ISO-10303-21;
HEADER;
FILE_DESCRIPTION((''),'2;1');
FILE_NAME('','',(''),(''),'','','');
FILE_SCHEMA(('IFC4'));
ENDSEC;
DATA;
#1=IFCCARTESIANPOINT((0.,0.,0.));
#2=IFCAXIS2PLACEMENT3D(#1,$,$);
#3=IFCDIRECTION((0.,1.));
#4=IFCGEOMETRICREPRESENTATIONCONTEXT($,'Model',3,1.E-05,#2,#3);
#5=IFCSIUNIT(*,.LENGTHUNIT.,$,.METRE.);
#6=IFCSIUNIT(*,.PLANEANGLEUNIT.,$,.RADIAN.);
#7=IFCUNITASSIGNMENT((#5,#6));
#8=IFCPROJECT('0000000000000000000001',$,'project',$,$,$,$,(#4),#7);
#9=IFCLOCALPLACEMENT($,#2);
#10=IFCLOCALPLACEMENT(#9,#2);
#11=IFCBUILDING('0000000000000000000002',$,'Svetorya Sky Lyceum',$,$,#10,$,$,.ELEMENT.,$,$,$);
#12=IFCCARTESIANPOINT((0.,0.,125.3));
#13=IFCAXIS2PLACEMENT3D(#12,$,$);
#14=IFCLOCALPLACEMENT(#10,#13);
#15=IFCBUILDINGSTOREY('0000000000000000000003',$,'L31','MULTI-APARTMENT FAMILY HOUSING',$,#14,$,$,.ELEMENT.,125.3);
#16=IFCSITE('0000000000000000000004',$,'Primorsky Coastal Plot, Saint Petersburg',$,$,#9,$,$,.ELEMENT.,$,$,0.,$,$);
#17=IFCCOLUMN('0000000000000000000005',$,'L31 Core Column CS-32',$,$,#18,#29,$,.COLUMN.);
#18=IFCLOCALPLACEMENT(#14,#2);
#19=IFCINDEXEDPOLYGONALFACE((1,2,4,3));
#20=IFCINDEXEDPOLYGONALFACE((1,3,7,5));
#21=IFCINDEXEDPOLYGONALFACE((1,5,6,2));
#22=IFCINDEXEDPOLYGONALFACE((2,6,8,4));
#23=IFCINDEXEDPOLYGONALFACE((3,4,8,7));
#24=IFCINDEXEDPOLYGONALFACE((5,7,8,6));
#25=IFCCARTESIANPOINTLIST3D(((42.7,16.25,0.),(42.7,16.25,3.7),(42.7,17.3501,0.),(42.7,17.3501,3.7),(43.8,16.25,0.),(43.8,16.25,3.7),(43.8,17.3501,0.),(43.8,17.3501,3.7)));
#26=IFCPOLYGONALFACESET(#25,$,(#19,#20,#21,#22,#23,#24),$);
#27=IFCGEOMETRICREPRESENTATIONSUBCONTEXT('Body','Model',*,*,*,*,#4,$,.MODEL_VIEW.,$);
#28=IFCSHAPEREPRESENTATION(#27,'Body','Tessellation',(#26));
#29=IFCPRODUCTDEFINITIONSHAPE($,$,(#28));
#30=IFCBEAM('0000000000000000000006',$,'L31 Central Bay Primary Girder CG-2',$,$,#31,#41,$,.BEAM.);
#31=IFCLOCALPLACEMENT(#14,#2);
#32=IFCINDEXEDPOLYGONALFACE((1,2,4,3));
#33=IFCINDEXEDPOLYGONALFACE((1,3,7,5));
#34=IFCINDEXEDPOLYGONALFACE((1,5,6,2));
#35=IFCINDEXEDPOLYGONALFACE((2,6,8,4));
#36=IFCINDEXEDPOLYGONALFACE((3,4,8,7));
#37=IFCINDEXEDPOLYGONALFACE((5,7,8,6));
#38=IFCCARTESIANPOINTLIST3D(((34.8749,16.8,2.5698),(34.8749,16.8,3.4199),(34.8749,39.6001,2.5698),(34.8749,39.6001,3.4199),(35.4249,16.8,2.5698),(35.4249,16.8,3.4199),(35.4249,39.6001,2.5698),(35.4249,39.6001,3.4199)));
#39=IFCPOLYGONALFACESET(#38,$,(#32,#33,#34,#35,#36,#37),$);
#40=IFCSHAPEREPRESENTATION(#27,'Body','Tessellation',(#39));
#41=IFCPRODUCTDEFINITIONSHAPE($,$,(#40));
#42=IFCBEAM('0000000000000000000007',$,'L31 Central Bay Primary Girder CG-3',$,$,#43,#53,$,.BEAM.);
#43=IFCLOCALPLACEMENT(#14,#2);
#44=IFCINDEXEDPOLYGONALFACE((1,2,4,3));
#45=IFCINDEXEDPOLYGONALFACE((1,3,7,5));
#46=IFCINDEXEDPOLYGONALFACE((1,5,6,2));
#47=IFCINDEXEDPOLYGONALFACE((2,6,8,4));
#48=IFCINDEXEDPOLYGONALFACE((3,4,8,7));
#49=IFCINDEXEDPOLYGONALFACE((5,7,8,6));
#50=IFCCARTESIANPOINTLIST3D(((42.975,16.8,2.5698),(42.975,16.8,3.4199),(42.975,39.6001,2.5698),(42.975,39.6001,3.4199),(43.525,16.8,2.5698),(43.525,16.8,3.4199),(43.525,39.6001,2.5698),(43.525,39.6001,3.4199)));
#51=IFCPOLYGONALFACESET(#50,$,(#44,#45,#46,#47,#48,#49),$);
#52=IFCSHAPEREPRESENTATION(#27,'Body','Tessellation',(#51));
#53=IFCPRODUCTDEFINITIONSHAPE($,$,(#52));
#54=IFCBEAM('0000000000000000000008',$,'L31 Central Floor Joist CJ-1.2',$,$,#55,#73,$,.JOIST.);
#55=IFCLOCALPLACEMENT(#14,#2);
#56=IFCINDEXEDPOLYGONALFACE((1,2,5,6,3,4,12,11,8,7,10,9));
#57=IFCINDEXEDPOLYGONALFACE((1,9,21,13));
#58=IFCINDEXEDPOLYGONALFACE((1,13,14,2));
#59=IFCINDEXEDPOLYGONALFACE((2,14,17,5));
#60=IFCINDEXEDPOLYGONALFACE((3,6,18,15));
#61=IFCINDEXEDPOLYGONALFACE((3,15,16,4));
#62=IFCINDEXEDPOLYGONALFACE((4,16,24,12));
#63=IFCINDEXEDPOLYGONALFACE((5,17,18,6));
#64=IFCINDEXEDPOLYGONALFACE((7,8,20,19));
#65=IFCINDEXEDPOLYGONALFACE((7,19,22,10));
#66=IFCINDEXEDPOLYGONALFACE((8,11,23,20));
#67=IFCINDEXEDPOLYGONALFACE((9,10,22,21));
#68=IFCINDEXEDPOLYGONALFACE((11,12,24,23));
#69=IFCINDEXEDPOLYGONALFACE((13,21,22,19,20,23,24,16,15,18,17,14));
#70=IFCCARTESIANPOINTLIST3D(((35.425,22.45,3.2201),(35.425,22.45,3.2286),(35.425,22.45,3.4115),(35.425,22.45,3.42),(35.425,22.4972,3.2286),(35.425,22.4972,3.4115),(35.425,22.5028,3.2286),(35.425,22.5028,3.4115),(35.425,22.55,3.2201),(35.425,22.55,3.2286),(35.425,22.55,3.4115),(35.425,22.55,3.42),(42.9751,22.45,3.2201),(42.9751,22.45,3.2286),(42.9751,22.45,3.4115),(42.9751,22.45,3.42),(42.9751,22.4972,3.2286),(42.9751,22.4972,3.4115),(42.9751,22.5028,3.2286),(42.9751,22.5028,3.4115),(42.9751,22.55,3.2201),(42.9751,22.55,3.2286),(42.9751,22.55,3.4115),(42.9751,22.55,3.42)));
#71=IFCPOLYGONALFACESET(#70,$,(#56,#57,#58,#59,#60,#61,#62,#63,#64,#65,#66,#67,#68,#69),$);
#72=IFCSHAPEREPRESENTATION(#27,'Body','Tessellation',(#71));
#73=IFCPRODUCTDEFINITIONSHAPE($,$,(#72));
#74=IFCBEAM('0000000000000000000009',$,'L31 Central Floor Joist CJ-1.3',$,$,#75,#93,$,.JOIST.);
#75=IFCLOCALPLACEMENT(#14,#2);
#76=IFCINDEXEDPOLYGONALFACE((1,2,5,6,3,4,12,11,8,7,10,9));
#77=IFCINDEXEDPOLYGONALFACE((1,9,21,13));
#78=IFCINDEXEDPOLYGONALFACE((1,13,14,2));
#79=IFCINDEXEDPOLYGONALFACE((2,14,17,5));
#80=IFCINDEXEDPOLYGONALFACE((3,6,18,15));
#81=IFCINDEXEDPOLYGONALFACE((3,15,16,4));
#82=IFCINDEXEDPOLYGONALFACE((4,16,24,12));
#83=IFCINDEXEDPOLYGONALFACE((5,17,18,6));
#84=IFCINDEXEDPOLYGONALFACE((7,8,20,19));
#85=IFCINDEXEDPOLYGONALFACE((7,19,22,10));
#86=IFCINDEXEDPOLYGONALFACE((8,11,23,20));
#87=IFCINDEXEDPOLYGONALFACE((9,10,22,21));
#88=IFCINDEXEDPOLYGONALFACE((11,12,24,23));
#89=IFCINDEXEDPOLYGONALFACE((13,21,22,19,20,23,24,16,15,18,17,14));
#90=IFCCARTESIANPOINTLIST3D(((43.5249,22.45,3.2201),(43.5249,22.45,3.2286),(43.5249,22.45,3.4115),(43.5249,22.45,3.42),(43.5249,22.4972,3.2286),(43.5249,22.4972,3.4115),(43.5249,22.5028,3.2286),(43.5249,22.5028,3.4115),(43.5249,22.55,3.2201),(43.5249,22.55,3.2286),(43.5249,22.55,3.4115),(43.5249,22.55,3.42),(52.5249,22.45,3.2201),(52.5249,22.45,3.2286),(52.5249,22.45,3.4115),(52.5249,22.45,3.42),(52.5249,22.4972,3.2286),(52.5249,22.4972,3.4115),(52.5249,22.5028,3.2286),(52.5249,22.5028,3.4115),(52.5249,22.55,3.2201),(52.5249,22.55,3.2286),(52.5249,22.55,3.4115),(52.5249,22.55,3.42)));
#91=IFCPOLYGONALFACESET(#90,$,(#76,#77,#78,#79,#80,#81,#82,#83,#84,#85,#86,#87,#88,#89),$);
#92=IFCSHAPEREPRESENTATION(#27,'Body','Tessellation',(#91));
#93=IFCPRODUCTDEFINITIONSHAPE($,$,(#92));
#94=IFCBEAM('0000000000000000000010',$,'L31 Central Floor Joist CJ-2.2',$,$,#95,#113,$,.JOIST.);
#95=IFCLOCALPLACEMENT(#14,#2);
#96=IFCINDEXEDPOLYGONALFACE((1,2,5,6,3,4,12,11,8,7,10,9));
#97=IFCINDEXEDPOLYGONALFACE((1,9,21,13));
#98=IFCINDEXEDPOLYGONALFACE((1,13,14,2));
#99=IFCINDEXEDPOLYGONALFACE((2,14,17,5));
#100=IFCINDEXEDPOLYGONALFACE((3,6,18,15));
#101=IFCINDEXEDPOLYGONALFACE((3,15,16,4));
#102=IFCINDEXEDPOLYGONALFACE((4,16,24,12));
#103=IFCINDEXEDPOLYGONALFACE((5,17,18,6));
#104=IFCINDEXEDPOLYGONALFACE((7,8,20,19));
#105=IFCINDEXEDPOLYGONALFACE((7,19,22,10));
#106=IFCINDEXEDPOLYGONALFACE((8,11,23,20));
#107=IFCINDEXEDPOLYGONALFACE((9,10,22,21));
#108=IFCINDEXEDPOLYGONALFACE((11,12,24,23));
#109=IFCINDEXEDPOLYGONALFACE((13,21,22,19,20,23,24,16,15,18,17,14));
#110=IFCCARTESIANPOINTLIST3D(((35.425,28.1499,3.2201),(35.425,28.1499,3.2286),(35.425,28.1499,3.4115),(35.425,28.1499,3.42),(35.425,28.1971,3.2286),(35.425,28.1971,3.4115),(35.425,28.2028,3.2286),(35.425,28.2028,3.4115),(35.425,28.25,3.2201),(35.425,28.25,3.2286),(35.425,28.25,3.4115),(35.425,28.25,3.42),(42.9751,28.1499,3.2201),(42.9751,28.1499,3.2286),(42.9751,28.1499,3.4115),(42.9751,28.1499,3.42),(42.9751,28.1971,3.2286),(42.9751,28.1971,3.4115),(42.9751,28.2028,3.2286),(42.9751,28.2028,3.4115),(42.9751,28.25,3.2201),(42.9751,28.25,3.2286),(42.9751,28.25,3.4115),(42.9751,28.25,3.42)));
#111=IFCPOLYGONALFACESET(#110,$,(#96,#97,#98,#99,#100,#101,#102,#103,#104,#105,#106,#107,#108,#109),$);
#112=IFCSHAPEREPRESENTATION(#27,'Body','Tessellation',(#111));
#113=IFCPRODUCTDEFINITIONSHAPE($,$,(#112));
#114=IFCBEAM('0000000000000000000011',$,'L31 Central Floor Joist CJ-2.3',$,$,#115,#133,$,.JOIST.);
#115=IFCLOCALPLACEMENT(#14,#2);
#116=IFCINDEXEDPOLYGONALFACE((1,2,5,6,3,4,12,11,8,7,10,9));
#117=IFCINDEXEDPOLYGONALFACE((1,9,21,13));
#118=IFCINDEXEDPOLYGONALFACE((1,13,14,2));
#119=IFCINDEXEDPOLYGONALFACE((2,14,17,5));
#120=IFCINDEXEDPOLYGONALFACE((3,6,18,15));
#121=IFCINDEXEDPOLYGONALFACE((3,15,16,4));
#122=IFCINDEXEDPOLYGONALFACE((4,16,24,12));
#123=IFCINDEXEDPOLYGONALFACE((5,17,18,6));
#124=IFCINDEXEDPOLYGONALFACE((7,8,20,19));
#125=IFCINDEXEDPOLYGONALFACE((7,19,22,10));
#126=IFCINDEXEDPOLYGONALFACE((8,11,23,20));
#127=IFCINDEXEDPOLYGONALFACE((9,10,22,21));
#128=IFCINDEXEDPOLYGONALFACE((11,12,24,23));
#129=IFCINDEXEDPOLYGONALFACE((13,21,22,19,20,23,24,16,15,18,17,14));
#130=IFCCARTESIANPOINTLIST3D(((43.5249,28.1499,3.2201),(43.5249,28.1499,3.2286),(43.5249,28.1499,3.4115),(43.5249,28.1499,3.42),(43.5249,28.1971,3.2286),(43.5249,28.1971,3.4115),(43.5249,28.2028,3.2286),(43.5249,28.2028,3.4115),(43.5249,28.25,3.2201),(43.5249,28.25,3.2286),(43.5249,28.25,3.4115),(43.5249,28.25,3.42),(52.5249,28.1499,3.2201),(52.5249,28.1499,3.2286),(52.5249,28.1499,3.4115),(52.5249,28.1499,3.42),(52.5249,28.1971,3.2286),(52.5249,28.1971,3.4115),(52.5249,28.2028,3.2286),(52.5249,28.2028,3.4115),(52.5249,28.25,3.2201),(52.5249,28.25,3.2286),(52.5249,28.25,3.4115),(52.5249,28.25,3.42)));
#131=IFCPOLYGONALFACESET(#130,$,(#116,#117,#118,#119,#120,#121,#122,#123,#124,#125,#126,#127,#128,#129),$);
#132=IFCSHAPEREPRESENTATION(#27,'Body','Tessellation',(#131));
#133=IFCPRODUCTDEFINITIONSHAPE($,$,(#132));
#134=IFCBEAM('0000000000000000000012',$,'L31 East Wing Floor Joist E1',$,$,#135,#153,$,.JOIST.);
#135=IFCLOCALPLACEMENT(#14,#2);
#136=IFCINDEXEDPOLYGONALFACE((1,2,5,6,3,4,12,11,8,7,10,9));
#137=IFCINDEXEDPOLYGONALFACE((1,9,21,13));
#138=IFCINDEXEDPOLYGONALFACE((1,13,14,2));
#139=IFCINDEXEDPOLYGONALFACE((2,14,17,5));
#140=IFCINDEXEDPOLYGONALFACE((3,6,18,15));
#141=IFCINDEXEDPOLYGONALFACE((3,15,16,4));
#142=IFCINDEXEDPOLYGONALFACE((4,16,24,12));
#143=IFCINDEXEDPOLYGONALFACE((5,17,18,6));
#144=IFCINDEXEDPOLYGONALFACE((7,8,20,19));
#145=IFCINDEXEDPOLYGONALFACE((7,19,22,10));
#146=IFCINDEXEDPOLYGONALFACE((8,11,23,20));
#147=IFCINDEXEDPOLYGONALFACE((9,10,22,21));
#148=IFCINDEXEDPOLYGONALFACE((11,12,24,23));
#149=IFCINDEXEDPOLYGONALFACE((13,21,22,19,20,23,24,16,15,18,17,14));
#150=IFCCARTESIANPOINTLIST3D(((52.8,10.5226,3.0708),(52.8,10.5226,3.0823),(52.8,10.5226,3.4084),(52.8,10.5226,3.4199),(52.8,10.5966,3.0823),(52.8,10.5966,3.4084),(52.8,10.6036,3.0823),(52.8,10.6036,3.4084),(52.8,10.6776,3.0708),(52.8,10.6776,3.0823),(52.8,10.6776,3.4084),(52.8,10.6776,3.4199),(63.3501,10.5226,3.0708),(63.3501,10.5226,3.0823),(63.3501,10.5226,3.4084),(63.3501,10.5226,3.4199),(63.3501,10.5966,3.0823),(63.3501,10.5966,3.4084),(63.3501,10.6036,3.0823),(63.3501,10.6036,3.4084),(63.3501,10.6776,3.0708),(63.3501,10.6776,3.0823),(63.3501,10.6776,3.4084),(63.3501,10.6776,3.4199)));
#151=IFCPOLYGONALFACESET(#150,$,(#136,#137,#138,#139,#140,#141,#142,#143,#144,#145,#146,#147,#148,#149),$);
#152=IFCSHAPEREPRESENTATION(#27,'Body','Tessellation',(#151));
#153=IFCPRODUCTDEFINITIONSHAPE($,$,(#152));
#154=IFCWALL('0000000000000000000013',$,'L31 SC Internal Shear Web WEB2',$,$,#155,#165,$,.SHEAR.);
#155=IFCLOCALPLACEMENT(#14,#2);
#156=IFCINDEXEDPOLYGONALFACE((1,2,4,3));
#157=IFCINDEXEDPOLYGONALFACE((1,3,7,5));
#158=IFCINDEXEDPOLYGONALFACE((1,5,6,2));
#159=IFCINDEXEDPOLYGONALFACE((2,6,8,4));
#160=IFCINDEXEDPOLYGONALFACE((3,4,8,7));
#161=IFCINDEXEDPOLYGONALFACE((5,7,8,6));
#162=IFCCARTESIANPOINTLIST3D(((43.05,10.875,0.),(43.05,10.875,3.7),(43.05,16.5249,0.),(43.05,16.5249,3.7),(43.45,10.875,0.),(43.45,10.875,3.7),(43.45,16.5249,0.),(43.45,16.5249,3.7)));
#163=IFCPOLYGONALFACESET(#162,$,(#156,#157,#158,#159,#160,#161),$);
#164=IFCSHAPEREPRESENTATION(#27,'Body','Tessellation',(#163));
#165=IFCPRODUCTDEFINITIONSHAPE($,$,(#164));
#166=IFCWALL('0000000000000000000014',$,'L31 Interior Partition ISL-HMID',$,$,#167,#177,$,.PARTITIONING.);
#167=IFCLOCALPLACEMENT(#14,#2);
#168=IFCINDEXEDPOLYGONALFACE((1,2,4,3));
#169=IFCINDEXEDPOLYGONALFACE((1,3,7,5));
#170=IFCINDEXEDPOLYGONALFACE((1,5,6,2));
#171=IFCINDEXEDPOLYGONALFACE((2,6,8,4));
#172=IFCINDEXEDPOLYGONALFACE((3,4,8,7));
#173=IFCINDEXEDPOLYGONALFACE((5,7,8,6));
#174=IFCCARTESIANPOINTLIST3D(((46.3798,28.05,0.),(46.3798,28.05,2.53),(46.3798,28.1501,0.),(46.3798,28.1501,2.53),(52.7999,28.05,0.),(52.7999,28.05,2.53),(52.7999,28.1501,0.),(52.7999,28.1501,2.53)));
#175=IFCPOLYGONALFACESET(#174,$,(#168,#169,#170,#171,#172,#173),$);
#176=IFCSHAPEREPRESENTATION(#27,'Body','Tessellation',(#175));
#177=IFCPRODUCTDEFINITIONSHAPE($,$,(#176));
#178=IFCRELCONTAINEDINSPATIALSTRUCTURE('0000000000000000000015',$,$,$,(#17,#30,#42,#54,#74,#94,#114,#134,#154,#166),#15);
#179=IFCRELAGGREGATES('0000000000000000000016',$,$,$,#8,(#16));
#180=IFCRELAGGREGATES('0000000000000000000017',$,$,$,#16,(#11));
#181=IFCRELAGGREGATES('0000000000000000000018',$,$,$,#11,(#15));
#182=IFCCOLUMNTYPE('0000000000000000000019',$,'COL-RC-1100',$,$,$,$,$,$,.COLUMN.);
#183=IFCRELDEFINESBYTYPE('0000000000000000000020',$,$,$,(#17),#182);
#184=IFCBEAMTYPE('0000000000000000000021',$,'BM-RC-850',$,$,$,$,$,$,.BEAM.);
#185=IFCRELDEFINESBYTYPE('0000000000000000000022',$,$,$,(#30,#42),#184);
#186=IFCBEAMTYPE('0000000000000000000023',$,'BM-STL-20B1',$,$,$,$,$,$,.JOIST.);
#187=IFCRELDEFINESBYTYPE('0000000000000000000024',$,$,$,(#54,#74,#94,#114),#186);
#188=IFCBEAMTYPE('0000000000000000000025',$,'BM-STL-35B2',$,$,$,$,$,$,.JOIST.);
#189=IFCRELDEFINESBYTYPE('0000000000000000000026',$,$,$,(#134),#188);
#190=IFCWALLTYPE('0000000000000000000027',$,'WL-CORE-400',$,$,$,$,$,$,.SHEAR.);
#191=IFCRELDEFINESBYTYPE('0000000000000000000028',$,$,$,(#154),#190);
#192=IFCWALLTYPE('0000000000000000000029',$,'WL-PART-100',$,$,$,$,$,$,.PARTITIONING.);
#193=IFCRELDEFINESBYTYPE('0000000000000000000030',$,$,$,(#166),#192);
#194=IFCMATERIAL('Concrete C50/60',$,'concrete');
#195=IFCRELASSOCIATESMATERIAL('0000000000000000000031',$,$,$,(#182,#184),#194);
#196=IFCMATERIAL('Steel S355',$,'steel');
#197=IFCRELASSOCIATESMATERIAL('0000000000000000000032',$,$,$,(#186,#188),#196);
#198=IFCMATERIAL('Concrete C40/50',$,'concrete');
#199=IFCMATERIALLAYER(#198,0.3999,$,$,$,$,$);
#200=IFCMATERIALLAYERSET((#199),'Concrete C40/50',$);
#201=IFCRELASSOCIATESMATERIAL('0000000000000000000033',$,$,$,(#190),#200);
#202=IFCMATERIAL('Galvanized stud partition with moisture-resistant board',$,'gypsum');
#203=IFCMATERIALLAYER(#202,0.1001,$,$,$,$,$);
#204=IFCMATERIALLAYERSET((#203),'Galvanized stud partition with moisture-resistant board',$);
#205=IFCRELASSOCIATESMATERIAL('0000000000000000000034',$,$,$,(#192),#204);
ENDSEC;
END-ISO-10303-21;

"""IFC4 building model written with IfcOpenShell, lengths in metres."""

from ifc_helpers import new_model, si_unit, direction, frame, frame_2d, origin, origin_2d, place, context, subcontext, project, spatial, rectangle, i_section, extrude, material, layer, layer_set, material_profile, profile_set, type_object, element, save


model = new_model("IFC4")

# Units and contexts
model_context = context("Model", 3, precision=1e-05, world=origin(), true_north=direction((0.0, 1.0)))
body_context = subcontext(model_context, "Body", "Model", "MODEL_VIEW")
ifc_project = project(units=[si_unit("LENGTHUNIT", "METRE"), si_unit("PLANEANGLEUNIT", "RADIAN")], contexts=[model_context])

# Site, building, storey
site_placement = place(None, origin())
site = spatial("IfcSite", under=ifc_project, at=site_placement, Name="Primorsky Coastal Plot, Saint Petersburg", CompositionType="ELEMENT", RefElevation=0.0)
building_placement = place(site_placement, origin())
building = spatial("IfcBuilding", under=site, at=building_placement, Name="Svetorya Sky Lyceum", CompositionType="ELEMENT")
storey_placement = place(building_placement, frame((0.0, 0.0, 125.3)))
storey = spatial("IfcBuildingStorey", under=building, at=storey_placement, Name="L31", Description="MULTI-APARTMENT FAMILY HOUSING", CompositionType="ELEMENT", Elevation=125.3)

# Column
ifc_material_1 = material(Name="Concrete C50/60", Category="concrete")
ifc_material_profile_1 = material_profile(ifc_material_1, rectangle(XDim=1.1001, YDim=1.1001, at=origin_2d()), Name="RC COL 1100x1100")
ifc_profile_set_1 = profile_set([ifc_material_profile_1], Name="Concrete C50/60")
column_type = type_object("IfcColumnType", Name="COL-RC-1100", PredefinedType="COLUMN", material=ifc_profile_set_1)
column_placement = place(storey_placement, frame((43.25, 16.8, 0.0), z_axis=(0.0, 0.0, 1.0), x_axis=(1.0, 0.0, 0.0)))
element("IfcColumn", 1, at=column_placement, inside=storey, type_object=column_type, Name="L31 Core Column CS-32", PredefinedType="COLUMN", context=body_context, shape_type="SweptSolid", body=[
    extrude(rectangle(XDim=1.1001, YDim=1.1001, at=origin_2d()), origin(), (0.0, 0.0, 1.0), 3.7),
])

# Beams
ifc_material_profile_2 = material_profile(ifc_material_1, rectangle(XDim=0.55, YDim=0.8501, at=origin_2d()), Name="RC BEAM 550x850")
ifc_profile_set_2 = profile_set([ifc_material_profile_2], Name="Concrete C50/60")
beam_type_1 = type_object("IfcBeamType", Name="BM-RC-850", PredefinedType="BEAM", material=ifc_profile_set_2)
for number, where, z_axis, x_axis, name in (
    (2, (35.1499, 16.8, 2.9949), (0.0, 1.0, 0.0), (-1.0, 0.0, 0.0), "L31 Central Bay Primary Girder CG-2"),
    (3, (43.25, 16.8, 2.9949), (0.0, 1.0, 0.0), (-1.0, 0.0, 0.0), "L31 Central Bay Primary Girder CG-3"),
):
    element("IfcBeam", number, at=place(storey_placement, frame(where, z_axis=z_axis, x_axis=x_axis)), inside=storey, type_object=beam_type_1, Name=name, PredefinedType="BEAM", context=body_context, shape_type="SweptSolid", body=[
        extrude(rectangle(XDim=0.55, YDim=0.8501, at=origin_2d()), origin(), (0.0, 0.0, 1.0), 22.8),
    ])
ifc_material_2 = material(Name="Steel S355", Category="steel")
ifc_material_profile_3 = material_profile(ifc_material_2, i_section(OverallWidth=0.1001, OverallDepth=0.2, WebThickness=0.0056, FlangeThickness=0.0085, at=origin_2d()), Name="GOST 20B1")
ifc_profile_set_3 = profile_set([ifc_material_profile_3], Name="Steel S355")
beam_type_2 = type_object("IfcBeamType", Name="BM-STL-20B1", PredefinedType="JOIST", material=ifc_profile_set_3)
beam_1_placement = place(storey_placement, frame((35.425, 22.5, 3.3201), z_axis=(1.0, 0.0, 0.0), x_axis=(0.0, 1.0, 0.0)))
element("IfcBeam", 4, at=beam_1_placement, inside=storey, type_object=beam_type_2, Name="L31 Central Floor Joist CJ-1.2", PredefinedType="JOIST", context=body_context, shape_type="SweptSolid", body=[
    extrude(i_section(OverallWidth=0.1001, OverallDepth=0.2, WebThickness=0.0056, FlangeThickness=0.0085, at=origin_2d()), origin(), (0.0, 0.0, 1.0), 7.55),
])
beam_2_placement = place(storey_placement, frame((43.5249, 22.5, 3.3201), z_axis=(1.0, 0.0, 0.0), x_axis=(0.0, 1.0, 0.0)))
element("IfcBeam", 5, at=beam_2_placement, inside=storey, type_object=beam_type_2, Name="L31 Central Floor Joist CJ-1.3", PredefinedType="JOIST", context=body_context, shape_type="SweptSolid", body=[
    extrude(i_section(OverallWidth=0.1001, OverallDepth=0.2, WebThickness=0.0056, FlangeThickness=0.0085, at=origin_2d()), origin(), (0.0, 0.0, 1.0), 9.0),
])
beam_3_placement = place(storey_placement, frame((35.425, 28.2, 3.3201), z_axis=(1.0, 0.0, 0.0), x_axis=(0.0, 1.0, 0.0)))
element("IfcBeam", 6, at=beam_3_placement, inside=storey, type_object=beam_type_2, Name="L31 Central Floor Joist CJ-2.2", PredefinedType="JOIST", context=body_context, shape_type="SweptSolid", body=[
    extrude(i_section(OverallWidth=0.1001, OverallDepth=0.2, WebThickness=0.0056, FlangeThickness=0.0085, at=origin_2d()), origin(), (0.0, 0.0, 1.0), 7.55),
])
beam_4_placement = place(storey_placement, frame((43.5249, 28.2, 3.3201), z_axis=(1.0, 0.0, 0.0), x_axis=(0.0, 1.0, 0.0)))
element("IfcBeam", 7, at=beam_4_placement, inside=storey, type_object=beam_type_2, Name="L31 Central Floor Joist CJ-2.3", PredefinedType="JOIST", context=body_context, shape_type="SweptSolid", body=[
    extrude(i_section(OverallWidth=0.1001, OverallDepth=0.2, WebThickness=0.0056, FlangeThickness=0.0085, at=origin_2d()), origin(), (0.0, 0.0, 1.0), 9.0),
])
ifc_material_profile_4 = material_profile(ifc_material_2, i_section(OverallWidth=0.155, OverallDepth=0.3491, WebThickness=0.0071, FlangeThickness=0.0115, at=origin_2d()), Name="GOST 35B2")
ifc_profile_set_4 = profile_set([ifc_material_profile_4], Name="Steel S355")
beam_type_3 = type_object("IfcBeamType", Name="BM-STL-35B2", PredefinedType="JOIST", material=ifc_profile_set_4)
beam_5_placement = place(storey_placement, frame((52.8, 10.6001, 3.2454), z_axis=(1.0, 0.0, 0.0), x_axis=(0.0, 1.0, 0.0)))
element("IfcBeam", 8, at=beam_5_placement, inside=storey, type_object=beam_type_3, Name="L31 East Wing Floor Joist E1", PredefinedType="JOIST", context=body_context, shape_type="SweptSolid", body=[
    extrude(i_section(OverallWidth=0.155, OverallDepth=0.3491, WebThickness=0.0071, FlangeThickness=0.0115, at=origin_2d()), origin(), (0.0, 0.0, 1.0), 10.55),
])

# Walls
ifc_material_3 = material(Name="Concrete C40/50", Category="concrete")
ifc_layer_1 = layer(ifc_material_3, 0.3999)
ifc_layer_set_1 = layer_set([ifc_layer_1], Name="Concrete C40/50")
wall_type_1 = type_object("IfcWallType", Name="WL-CORE-400", PredefinedType="SHEAR", material=ifc_layer_set_1)
wall_1_placement = place(storey_placement, frame((43.25, 10.875, 0.0), z_axis=(0.0, 0.0, 1.0), x_axis=(0.0, 1.0, 0.0)))
element("IfcWall", 9, at=wall_1_placement, inside=storey, type_object=wall_type_1, Name="L31 SC Internal Shear Web WEB2", PredefinedType="SHEAR", context=body_context, shape_type="SweptSolid", body=[
    extrude(rectangle(XDim=5.6499, YDim=0.3999, at=frame_2d((2.825, 0.0))), origin(), (0.0, 0.0, 1.0), 3.7),
])
ifc_material_4 = material(Name="Galvanized stud partition with moisture-resistant board", Category="gypsum")
ifc_layer_2 = layer(ifc_material_4, 0.1001)
ifc_layer_set_2 = layer_set([ifc_layer_2], Name="Galvanized stud partition with moisture-resistant board")
wall_type_2 = type_object("IfcWallType", Name="WL-PART-100", PredefinedType="PARTITIONING", material=ifc_layer_set_2)
wall_2_placement = place(storey_placement, frame((46.3799, 28.1001, 0.0), z_axis=(0.0, 0.0, 1.0), x_axis=(1.0, 0.0, 0.0)))
element("IfcWall", 10, at=wall_2_placement, inside=storey, type_object=wall_type_2, Name="L31 Interior Partition ISL-HMID", PredefinedType="PARTITIONING", context=body_context, shape_type="SweptSolid", body=[
    extrude(rectangle(XDim=6.4202, YDim=0.1001, at=frame_2d((3.21, 0.0))), origin(), (0.0, 0.0, 1.0), 2.53),
])

save(model, "model.ifc")
